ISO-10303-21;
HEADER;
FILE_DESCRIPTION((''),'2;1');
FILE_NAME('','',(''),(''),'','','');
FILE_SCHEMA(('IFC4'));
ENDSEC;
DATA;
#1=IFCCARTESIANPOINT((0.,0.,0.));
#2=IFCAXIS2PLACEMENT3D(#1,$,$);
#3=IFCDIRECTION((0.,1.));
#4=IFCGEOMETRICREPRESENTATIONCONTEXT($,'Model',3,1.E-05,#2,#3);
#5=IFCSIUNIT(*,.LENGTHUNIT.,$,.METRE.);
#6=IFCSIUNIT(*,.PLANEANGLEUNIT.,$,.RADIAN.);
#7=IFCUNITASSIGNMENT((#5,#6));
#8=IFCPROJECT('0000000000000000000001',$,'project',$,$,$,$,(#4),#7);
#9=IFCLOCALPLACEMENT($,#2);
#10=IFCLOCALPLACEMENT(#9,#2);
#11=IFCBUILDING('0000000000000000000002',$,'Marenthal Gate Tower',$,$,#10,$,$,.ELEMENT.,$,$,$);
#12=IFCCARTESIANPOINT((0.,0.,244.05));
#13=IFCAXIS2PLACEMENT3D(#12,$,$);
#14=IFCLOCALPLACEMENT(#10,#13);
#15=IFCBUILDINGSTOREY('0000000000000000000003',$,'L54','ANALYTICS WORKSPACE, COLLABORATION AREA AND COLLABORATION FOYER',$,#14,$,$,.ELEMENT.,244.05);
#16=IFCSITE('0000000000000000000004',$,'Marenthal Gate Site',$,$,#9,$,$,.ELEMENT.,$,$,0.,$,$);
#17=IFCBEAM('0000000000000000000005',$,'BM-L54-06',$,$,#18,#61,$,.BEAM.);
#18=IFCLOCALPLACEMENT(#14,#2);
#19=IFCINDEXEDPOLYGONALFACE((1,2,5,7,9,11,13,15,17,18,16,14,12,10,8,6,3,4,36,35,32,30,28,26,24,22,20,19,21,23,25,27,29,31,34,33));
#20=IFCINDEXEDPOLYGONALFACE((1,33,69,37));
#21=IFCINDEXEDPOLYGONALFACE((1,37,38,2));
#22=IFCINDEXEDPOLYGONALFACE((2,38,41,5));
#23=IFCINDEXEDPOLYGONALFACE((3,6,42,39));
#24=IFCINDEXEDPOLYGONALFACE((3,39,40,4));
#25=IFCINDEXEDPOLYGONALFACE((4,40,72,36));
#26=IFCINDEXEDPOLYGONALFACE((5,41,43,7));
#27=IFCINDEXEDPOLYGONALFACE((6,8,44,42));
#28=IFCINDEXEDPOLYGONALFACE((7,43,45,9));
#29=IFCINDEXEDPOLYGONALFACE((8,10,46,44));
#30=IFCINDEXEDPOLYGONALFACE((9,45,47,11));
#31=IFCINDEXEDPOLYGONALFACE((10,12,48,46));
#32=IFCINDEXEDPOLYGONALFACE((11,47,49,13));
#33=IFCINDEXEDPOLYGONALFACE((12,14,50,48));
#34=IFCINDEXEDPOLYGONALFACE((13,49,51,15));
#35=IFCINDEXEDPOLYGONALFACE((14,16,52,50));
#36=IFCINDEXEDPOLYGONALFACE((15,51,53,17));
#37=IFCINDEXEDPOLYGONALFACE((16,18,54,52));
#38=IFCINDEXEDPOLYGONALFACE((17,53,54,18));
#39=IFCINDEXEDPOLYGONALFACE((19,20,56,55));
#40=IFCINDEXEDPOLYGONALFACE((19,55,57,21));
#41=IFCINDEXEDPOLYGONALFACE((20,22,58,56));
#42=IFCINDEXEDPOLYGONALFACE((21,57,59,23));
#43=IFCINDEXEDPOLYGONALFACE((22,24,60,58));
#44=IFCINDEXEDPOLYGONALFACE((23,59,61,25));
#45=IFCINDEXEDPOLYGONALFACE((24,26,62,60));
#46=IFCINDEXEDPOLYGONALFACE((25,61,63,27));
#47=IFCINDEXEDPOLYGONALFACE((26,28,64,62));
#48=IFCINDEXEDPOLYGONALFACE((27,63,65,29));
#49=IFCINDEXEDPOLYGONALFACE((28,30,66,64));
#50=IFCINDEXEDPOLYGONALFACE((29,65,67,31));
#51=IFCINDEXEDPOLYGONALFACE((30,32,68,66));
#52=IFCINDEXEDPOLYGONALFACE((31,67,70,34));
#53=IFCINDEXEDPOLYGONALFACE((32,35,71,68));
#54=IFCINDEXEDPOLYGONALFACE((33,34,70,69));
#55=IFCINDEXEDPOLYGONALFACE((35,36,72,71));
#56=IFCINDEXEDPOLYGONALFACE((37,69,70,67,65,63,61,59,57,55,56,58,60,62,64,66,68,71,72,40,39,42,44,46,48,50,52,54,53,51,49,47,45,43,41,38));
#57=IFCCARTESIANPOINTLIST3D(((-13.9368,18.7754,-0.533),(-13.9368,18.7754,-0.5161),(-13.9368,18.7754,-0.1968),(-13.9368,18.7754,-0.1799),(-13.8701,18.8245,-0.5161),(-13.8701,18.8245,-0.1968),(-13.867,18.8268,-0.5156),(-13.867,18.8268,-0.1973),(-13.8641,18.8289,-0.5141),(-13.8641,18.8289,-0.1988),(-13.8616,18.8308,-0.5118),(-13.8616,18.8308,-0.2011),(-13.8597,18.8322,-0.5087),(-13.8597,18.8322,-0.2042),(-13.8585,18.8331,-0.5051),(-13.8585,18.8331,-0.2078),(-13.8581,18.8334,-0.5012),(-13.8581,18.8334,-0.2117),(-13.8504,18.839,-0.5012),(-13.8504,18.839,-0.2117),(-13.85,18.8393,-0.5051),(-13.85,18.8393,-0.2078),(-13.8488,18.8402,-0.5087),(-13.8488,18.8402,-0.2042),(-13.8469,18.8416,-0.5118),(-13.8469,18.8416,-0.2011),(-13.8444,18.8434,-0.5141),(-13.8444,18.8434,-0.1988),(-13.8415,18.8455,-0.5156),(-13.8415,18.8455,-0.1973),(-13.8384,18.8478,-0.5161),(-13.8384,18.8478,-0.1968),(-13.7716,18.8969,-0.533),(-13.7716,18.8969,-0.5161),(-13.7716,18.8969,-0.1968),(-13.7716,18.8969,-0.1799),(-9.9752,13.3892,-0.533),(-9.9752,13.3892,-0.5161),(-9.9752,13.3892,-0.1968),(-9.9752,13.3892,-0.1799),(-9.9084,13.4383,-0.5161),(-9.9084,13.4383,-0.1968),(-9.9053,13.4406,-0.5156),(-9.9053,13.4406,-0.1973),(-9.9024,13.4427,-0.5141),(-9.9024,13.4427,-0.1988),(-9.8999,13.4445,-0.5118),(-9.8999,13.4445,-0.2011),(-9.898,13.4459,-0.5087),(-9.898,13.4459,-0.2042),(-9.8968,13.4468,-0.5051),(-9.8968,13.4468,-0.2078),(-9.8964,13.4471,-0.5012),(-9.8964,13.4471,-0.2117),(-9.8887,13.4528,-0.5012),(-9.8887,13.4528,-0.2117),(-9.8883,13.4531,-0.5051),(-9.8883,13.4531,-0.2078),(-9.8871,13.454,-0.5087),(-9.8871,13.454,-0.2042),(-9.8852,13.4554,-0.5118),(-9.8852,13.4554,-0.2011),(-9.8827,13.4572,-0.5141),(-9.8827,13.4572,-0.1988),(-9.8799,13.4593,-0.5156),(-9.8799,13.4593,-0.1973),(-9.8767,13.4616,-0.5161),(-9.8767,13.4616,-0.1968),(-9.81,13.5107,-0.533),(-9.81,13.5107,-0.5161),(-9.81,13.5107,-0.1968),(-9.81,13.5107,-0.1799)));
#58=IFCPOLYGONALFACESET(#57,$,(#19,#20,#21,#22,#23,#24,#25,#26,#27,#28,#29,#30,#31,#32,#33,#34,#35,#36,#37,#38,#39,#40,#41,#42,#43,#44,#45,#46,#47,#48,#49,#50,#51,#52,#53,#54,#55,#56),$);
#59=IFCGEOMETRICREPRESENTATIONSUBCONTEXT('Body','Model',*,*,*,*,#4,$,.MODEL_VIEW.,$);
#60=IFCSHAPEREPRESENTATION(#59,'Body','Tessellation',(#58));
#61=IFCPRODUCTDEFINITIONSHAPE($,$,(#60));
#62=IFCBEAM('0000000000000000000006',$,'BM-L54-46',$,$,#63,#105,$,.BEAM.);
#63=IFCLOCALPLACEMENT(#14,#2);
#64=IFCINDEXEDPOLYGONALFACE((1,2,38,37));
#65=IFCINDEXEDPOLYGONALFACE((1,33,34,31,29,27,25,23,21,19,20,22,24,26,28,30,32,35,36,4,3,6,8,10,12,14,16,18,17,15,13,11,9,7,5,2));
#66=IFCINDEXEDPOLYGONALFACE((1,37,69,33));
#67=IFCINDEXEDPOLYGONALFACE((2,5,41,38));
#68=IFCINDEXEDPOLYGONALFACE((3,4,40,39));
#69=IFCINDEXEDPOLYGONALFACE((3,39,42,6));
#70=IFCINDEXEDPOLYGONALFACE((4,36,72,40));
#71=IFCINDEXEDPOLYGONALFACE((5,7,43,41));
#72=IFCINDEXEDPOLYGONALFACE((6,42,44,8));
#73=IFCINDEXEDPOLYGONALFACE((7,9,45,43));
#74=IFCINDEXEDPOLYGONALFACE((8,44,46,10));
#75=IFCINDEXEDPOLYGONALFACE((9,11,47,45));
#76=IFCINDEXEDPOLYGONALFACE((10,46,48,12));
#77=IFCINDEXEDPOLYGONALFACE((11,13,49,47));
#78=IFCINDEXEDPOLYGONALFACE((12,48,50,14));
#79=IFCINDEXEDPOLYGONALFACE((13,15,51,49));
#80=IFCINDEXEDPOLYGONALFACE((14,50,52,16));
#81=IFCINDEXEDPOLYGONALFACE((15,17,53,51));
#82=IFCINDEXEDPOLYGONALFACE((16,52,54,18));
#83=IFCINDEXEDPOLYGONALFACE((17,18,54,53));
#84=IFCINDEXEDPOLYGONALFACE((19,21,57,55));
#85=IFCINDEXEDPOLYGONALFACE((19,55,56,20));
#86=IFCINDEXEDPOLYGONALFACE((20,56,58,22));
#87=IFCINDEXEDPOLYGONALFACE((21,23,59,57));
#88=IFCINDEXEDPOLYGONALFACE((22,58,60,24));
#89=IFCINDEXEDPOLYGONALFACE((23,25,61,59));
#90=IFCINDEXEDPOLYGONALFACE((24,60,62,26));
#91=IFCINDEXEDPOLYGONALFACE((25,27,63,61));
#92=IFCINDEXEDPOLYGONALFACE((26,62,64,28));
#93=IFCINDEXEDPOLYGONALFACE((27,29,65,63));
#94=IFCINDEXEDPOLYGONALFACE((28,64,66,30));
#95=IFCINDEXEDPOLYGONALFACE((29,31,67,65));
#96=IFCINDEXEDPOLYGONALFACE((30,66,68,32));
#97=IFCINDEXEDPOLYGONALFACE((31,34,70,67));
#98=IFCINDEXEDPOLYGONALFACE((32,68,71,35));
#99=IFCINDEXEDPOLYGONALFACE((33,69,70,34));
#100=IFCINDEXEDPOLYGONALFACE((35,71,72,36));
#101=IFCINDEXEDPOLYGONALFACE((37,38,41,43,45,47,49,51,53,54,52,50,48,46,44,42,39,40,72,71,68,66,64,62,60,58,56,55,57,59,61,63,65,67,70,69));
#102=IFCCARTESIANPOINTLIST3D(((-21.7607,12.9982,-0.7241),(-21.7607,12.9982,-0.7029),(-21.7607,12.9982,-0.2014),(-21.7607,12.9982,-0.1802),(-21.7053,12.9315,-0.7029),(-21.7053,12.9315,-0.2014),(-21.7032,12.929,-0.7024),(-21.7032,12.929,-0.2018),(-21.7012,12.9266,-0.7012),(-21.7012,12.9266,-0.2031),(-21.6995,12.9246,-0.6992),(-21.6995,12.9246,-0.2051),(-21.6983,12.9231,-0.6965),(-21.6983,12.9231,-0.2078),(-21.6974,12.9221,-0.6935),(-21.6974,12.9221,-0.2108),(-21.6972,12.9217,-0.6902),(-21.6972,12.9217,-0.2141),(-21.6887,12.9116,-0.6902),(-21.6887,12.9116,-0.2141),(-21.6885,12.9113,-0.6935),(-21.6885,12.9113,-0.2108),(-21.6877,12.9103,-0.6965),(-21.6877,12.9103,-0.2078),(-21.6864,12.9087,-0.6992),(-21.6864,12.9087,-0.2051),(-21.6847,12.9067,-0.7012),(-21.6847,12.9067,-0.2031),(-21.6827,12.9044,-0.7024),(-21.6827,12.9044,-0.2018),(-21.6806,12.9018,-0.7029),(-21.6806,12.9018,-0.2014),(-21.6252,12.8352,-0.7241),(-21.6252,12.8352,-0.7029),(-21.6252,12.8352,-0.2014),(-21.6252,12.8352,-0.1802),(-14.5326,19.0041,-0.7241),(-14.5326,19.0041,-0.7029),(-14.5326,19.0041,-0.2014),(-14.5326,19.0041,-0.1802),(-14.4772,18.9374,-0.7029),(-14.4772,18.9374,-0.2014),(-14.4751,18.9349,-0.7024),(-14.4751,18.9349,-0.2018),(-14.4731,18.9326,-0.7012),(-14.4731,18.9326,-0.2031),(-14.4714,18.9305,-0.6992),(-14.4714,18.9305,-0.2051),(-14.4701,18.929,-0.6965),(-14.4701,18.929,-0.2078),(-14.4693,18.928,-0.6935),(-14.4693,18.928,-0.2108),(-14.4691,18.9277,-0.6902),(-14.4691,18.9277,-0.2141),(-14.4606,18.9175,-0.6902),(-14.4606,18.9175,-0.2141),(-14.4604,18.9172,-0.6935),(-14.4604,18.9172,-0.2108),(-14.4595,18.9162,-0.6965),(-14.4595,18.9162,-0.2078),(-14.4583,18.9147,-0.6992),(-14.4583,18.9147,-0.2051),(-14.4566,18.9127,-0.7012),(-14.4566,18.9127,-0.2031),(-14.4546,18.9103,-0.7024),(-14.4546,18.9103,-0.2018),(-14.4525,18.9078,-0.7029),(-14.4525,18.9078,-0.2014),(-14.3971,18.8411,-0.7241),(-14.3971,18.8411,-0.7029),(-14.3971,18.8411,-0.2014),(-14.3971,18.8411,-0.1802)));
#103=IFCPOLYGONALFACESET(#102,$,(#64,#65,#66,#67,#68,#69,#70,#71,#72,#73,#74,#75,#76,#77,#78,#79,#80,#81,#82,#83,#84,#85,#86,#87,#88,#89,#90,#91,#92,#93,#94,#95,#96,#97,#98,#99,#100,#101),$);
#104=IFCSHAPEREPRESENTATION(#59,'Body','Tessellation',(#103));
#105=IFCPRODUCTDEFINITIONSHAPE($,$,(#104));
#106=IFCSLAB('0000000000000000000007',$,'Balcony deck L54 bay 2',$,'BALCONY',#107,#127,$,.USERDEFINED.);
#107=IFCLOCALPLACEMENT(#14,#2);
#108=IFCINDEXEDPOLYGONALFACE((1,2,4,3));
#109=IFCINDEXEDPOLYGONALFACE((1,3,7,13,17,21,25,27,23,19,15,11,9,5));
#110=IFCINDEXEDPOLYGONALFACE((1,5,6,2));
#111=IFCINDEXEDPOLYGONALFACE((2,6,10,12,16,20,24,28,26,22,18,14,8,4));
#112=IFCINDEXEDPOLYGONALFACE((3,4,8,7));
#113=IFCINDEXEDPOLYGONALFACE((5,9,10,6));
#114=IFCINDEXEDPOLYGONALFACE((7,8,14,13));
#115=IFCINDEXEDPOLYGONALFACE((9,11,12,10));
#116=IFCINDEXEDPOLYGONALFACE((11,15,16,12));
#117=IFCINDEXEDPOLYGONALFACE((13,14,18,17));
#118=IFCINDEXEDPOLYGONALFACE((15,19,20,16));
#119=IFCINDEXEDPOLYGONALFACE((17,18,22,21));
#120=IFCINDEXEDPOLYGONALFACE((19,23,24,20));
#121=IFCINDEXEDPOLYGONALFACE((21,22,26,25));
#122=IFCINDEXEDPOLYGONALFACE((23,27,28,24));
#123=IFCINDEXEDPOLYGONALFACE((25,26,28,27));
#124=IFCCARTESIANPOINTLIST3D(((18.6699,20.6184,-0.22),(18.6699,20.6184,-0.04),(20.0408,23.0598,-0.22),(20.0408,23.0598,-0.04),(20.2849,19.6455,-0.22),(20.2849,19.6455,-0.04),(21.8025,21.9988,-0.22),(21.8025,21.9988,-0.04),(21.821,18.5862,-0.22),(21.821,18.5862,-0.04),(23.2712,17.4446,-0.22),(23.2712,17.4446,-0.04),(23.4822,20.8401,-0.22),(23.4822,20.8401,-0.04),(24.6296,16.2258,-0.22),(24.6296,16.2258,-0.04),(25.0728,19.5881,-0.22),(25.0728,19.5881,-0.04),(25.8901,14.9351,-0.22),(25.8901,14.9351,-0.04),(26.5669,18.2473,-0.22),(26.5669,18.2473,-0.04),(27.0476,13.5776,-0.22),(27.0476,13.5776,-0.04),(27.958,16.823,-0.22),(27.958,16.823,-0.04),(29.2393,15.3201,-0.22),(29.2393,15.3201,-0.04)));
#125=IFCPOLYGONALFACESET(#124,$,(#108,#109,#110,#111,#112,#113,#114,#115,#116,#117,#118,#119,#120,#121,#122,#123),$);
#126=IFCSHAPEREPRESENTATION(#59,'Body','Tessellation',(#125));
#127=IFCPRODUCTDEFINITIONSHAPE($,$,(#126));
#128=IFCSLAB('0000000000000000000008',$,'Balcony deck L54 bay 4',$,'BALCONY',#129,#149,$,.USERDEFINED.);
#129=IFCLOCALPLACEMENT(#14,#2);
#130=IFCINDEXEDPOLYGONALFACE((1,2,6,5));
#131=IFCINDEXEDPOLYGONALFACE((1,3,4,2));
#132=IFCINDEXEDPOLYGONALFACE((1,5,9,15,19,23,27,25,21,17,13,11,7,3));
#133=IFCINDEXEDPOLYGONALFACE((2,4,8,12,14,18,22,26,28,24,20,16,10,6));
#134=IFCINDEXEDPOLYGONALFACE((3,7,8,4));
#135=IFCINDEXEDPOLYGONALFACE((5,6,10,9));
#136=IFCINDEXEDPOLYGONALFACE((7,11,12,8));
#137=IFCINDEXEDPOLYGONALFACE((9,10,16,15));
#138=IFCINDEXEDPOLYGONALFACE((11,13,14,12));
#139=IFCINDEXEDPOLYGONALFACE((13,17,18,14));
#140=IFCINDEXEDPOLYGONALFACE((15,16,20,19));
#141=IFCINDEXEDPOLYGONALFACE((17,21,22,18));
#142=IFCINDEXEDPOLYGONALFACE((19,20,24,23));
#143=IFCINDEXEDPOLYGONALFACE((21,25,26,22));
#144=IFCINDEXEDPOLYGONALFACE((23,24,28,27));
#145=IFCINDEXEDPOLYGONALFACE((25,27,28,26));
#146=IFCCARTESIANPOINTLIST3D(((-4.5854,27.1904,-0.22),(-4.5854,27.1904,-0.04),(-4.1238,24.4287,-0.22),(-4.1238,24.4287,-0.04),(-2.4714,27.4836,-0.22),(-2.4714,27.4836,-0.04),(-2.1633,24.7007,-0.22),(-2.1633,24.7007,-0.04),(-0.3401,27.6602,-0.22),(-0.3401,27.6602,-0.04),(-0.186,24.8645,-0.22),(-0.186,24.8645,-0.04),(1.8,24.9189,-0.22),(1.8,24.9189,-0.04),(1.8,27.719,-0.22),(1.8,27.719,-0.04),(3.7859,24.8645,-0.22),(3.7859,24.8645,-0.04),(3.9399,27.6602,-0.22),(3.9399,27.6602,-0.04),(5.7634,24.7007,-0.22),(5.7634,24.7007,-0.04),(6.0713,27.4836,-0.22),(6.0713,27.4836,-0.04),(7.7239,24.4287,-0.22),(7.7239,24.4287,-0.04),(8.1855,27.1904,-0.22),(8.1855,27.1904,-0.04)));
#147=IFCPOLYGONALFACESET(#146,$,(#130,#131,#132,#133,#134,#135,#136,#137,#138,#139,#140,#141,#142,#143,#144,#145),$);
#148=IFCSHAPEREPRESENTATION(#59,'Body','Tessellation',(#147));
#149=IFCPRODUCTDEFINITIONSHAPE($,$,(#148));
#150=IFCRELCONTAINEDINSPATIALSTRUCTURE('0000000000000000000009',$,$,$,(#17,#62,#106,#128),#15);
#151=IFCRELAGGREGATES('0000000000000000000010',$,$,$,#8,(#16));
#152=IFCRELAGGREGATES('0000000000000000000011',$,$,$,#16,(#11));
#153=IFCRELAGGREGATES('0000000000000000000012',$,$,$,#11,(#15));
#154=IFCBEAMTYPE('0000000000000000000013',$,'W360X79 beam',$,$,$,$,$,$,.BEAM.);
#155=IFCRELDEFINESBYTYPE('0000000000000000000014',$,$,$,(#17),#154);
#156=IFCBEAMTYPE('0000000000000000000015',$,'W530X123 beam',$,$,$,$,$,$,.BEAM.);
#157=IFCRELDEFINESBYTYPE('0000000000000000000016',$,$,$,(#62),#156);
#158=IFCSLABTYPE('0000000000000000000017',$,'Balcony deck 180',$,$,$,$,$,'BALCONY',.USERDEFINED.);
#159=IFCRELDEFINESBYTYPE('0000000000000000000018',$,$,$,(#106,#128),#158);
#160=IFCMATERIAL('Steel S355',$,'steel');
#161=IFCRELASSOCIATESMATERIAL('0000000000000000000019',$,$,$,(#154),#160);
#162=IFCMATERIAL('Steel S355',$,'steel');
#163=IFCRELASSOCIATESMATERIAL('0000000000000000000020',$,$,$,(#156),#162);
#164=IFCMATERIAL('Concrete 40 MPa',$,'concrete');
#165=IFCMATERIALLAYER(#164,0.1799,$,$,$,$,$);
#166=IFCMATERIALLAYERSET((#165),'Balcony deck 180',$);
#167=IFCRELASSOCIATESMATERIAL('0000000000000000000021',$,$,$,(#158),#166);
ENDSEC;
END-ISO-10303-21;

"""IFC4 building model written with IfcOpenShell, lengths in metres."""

from ifc_helpers import new_model, si_unit, direction, frame, origin, origin_2d, place, context, subcontext, project, spatial, polyline, i_section, outline, extrude, material, layer, layer_set, material_profile, profile_set, type_object, element, save


model = new_model("IFC4")

# Units and contexts
model_context = context("Model", 3, precision=1e-05, world=origin(), true_north=direction((0.0, 1.0)))
body_context = subcontext(model_context, "Body", "Model", "MODEL_VIEW")
ifc_project = project(units=[si_unit("LENGTHUNIT", "METRE"), si_unit("PLANEANGLEUNIT", "RADIAN")], contexts=[model_context])

# Site, building, storey
site_placement = place(None, origin())
site = spatial("IfcSite", under=ifc_project, at=site_placement, Name="Marenthal Gate Site", CompositionType="ELEMENT", RefElevation=0.0)
building_placement = place(site_placement, origin())
building = spatial("IfcBuilding", under=site, at=building_placement, Name="Marenthal Gate Tower", CompositionType="ELEMENT")
storey_placement = place(building_placement, frame((0.0, 0.0, 244.05)))
storey = spatial("IfcBuildingStorey", under=building, at=storey_placement, Name="L54", Description="ANALYTICS WORKSPACE, COLLABORATION AREA AND COLLABORATION FOYER", CompositionType="ELEMENT", Elevation=244.05)

# Beams
ifc_material_1 = material(Name="Steel S355", Category="steel")
ifc_material_profile_1 = material_profile(ifc_material_1, i_section(OverallWidth=0.2051, OverallDepth=0.353, WebThickness=0.0095, FlangeThickness=0.0168, FilletRadius=0.0149, at=origin_2d()), Name="W360X79")
ifc_profile_set_1 = profile_set([ifc_material_profile_1], Name="Steel S355")
beam_type_1 = type_object("IfcBeamType", Name="W360X79 beam", PredefinedType="BEAM", material=ifc_profile_set_1)
beam_1_placement = place(storey_placement, frame((-13.8542, 18.8362, -0.3564), z_axis=(0.592508, -0.805565, 0.0), x_axis=(0.805565, 0.592508, 0.0)))
element("IfcBeam", 1, at=beam_1_placement, inside=storey, type_object=beam_type_1, Name="BM-L54-06", PredefinedType="BEAM", context=body_context, shape_type="SweptSolid", body=[
    extrude(i_section(OverallWidth=0.2051, OverallDepth=0.353, WebThickness=0.0095, FlangeThickness=0.0168, FilletRadius=0.0149, at=origin_2d()), origin(), (0.0, 0.0, 1.0), 6.6863),
])
ifc_material_2 = material(Name="Steel S355", Category="steel")
ifc_material_profile_2 = material_profile(ifc_material_2, i_section(OverallWidth=0.2119, OverallDepth=0.5439, WebThickness=0.0132, FlangeThickness=0.0212, FilletRadius=0.0127, at=origin_2d()), Name="W530X123")
ifc_profile_set_2 = profile_set([ifc_material_profile_2], Name="Steel S355")
beam_type_2 = type_object("IfcBeamType", Name="W530X123 beam", PredefinedType="BEAM", material=ifc_profile_set_2)
beam_2_placement = place(storey_placement, frame((-14.4648, 18.9226, -0.4521), z_axis=(-0.769136, -0.639085, 0.0), x_axis=(0.639085, -0.769136, 0.0)))
element("IfcBeam", 2, at=beam_2_placement, inside=storey, type_object=beam_type_2, Name="BM-L54-46", PredefinedType="BEAM", context=body_context, shape_type="SweptSolid", body=[
    extrude(i_section(OverallWidth=0.2119, OverallDepth=0.5439, WebThickness=0.0132, FlangeThickness=0.0212, FilletRadius=0.0127, at=origin_2d()), origin(), (0.0, 0.0, 1.0), 9.3977),
])

# Slabs
ifc_material_3 = material(Name="Concrete 40 MPa", Category="concrete")
ifc_layer_1 = layer(ifc_material_3, 0.1799)
ifc_layer_set_1 = layer_set([ifc_layer_1], Name="Balcony deck 180")
slab_type_1 = type_object("IfcSlabType", Name="Balcony deck 180", ElementType="BALCONY", PredefinedType="USERDEFINED", material=ifc_layer_set_1)
slab_1_placement = place(storey_placement, frame((0.0, 0.0, -0.22)))
element("IfcSlab", 3, at=slab_1_placement, inside=storey, type_object=slab_type_1, Name="Balcony deck L54 bay 2", ObjectType="BALCONY", PredefinedType="USERDEFINED", context=body_context, shape_type="SweptSolid", body=[
    extrude(outline(polyline([(27.0476, 13.5776), (25.8901, 14.9351), (24.6296, 16.2258), (23.2712, 17.4446), (21.821, 18.5862), (20.2849, 19.6455), (18.6699, 20.6184), (20.0408, 23.0598), (21.8025, 21.9988), (23.4822, 20.8401), (25.0728, 19.5881), (26.5669, 18.2473), (27.958, 16.823), (29.2393, 15.3201), (27.0476, 13.5776)])), origin(), (0.0, 0.0, 1.0), 0.1799),
])
slab_2_placement = place(storey_placement, frame((0.0, 0.0, -0.22)))
element("IfcSlab", 4, at=slab_2_placement, inside=storey, type_object=slab_type_1, Name="Balcony deck L54 bay 4", ObjectType="BALCONY", PredefinedType="USERDEFINED", context=body_context, shape_type="SweptSolid", body=[
    extrude(outline(polyline([(7.7239, 24.4287), (5.7634, 24.7007), (3.7859, 24.8645), (1.8, 24.9189), (-0.186, 24.8645), (-2.1633, 24.7007), (-4.1238, 24.4287), (-4.5854, 27.1904), (-2.4714, 27.4836), (-0.3401, 27.6602), (1.8, 27.719), (3.9399, 27.6602), (6.0713, 27.4836), (8.1855, 27.1904), (7.7239, 24.4287)])), origin(), (0.0, 0.0, 1.0), 0.1799),
])

save(model, "model.ifc")
